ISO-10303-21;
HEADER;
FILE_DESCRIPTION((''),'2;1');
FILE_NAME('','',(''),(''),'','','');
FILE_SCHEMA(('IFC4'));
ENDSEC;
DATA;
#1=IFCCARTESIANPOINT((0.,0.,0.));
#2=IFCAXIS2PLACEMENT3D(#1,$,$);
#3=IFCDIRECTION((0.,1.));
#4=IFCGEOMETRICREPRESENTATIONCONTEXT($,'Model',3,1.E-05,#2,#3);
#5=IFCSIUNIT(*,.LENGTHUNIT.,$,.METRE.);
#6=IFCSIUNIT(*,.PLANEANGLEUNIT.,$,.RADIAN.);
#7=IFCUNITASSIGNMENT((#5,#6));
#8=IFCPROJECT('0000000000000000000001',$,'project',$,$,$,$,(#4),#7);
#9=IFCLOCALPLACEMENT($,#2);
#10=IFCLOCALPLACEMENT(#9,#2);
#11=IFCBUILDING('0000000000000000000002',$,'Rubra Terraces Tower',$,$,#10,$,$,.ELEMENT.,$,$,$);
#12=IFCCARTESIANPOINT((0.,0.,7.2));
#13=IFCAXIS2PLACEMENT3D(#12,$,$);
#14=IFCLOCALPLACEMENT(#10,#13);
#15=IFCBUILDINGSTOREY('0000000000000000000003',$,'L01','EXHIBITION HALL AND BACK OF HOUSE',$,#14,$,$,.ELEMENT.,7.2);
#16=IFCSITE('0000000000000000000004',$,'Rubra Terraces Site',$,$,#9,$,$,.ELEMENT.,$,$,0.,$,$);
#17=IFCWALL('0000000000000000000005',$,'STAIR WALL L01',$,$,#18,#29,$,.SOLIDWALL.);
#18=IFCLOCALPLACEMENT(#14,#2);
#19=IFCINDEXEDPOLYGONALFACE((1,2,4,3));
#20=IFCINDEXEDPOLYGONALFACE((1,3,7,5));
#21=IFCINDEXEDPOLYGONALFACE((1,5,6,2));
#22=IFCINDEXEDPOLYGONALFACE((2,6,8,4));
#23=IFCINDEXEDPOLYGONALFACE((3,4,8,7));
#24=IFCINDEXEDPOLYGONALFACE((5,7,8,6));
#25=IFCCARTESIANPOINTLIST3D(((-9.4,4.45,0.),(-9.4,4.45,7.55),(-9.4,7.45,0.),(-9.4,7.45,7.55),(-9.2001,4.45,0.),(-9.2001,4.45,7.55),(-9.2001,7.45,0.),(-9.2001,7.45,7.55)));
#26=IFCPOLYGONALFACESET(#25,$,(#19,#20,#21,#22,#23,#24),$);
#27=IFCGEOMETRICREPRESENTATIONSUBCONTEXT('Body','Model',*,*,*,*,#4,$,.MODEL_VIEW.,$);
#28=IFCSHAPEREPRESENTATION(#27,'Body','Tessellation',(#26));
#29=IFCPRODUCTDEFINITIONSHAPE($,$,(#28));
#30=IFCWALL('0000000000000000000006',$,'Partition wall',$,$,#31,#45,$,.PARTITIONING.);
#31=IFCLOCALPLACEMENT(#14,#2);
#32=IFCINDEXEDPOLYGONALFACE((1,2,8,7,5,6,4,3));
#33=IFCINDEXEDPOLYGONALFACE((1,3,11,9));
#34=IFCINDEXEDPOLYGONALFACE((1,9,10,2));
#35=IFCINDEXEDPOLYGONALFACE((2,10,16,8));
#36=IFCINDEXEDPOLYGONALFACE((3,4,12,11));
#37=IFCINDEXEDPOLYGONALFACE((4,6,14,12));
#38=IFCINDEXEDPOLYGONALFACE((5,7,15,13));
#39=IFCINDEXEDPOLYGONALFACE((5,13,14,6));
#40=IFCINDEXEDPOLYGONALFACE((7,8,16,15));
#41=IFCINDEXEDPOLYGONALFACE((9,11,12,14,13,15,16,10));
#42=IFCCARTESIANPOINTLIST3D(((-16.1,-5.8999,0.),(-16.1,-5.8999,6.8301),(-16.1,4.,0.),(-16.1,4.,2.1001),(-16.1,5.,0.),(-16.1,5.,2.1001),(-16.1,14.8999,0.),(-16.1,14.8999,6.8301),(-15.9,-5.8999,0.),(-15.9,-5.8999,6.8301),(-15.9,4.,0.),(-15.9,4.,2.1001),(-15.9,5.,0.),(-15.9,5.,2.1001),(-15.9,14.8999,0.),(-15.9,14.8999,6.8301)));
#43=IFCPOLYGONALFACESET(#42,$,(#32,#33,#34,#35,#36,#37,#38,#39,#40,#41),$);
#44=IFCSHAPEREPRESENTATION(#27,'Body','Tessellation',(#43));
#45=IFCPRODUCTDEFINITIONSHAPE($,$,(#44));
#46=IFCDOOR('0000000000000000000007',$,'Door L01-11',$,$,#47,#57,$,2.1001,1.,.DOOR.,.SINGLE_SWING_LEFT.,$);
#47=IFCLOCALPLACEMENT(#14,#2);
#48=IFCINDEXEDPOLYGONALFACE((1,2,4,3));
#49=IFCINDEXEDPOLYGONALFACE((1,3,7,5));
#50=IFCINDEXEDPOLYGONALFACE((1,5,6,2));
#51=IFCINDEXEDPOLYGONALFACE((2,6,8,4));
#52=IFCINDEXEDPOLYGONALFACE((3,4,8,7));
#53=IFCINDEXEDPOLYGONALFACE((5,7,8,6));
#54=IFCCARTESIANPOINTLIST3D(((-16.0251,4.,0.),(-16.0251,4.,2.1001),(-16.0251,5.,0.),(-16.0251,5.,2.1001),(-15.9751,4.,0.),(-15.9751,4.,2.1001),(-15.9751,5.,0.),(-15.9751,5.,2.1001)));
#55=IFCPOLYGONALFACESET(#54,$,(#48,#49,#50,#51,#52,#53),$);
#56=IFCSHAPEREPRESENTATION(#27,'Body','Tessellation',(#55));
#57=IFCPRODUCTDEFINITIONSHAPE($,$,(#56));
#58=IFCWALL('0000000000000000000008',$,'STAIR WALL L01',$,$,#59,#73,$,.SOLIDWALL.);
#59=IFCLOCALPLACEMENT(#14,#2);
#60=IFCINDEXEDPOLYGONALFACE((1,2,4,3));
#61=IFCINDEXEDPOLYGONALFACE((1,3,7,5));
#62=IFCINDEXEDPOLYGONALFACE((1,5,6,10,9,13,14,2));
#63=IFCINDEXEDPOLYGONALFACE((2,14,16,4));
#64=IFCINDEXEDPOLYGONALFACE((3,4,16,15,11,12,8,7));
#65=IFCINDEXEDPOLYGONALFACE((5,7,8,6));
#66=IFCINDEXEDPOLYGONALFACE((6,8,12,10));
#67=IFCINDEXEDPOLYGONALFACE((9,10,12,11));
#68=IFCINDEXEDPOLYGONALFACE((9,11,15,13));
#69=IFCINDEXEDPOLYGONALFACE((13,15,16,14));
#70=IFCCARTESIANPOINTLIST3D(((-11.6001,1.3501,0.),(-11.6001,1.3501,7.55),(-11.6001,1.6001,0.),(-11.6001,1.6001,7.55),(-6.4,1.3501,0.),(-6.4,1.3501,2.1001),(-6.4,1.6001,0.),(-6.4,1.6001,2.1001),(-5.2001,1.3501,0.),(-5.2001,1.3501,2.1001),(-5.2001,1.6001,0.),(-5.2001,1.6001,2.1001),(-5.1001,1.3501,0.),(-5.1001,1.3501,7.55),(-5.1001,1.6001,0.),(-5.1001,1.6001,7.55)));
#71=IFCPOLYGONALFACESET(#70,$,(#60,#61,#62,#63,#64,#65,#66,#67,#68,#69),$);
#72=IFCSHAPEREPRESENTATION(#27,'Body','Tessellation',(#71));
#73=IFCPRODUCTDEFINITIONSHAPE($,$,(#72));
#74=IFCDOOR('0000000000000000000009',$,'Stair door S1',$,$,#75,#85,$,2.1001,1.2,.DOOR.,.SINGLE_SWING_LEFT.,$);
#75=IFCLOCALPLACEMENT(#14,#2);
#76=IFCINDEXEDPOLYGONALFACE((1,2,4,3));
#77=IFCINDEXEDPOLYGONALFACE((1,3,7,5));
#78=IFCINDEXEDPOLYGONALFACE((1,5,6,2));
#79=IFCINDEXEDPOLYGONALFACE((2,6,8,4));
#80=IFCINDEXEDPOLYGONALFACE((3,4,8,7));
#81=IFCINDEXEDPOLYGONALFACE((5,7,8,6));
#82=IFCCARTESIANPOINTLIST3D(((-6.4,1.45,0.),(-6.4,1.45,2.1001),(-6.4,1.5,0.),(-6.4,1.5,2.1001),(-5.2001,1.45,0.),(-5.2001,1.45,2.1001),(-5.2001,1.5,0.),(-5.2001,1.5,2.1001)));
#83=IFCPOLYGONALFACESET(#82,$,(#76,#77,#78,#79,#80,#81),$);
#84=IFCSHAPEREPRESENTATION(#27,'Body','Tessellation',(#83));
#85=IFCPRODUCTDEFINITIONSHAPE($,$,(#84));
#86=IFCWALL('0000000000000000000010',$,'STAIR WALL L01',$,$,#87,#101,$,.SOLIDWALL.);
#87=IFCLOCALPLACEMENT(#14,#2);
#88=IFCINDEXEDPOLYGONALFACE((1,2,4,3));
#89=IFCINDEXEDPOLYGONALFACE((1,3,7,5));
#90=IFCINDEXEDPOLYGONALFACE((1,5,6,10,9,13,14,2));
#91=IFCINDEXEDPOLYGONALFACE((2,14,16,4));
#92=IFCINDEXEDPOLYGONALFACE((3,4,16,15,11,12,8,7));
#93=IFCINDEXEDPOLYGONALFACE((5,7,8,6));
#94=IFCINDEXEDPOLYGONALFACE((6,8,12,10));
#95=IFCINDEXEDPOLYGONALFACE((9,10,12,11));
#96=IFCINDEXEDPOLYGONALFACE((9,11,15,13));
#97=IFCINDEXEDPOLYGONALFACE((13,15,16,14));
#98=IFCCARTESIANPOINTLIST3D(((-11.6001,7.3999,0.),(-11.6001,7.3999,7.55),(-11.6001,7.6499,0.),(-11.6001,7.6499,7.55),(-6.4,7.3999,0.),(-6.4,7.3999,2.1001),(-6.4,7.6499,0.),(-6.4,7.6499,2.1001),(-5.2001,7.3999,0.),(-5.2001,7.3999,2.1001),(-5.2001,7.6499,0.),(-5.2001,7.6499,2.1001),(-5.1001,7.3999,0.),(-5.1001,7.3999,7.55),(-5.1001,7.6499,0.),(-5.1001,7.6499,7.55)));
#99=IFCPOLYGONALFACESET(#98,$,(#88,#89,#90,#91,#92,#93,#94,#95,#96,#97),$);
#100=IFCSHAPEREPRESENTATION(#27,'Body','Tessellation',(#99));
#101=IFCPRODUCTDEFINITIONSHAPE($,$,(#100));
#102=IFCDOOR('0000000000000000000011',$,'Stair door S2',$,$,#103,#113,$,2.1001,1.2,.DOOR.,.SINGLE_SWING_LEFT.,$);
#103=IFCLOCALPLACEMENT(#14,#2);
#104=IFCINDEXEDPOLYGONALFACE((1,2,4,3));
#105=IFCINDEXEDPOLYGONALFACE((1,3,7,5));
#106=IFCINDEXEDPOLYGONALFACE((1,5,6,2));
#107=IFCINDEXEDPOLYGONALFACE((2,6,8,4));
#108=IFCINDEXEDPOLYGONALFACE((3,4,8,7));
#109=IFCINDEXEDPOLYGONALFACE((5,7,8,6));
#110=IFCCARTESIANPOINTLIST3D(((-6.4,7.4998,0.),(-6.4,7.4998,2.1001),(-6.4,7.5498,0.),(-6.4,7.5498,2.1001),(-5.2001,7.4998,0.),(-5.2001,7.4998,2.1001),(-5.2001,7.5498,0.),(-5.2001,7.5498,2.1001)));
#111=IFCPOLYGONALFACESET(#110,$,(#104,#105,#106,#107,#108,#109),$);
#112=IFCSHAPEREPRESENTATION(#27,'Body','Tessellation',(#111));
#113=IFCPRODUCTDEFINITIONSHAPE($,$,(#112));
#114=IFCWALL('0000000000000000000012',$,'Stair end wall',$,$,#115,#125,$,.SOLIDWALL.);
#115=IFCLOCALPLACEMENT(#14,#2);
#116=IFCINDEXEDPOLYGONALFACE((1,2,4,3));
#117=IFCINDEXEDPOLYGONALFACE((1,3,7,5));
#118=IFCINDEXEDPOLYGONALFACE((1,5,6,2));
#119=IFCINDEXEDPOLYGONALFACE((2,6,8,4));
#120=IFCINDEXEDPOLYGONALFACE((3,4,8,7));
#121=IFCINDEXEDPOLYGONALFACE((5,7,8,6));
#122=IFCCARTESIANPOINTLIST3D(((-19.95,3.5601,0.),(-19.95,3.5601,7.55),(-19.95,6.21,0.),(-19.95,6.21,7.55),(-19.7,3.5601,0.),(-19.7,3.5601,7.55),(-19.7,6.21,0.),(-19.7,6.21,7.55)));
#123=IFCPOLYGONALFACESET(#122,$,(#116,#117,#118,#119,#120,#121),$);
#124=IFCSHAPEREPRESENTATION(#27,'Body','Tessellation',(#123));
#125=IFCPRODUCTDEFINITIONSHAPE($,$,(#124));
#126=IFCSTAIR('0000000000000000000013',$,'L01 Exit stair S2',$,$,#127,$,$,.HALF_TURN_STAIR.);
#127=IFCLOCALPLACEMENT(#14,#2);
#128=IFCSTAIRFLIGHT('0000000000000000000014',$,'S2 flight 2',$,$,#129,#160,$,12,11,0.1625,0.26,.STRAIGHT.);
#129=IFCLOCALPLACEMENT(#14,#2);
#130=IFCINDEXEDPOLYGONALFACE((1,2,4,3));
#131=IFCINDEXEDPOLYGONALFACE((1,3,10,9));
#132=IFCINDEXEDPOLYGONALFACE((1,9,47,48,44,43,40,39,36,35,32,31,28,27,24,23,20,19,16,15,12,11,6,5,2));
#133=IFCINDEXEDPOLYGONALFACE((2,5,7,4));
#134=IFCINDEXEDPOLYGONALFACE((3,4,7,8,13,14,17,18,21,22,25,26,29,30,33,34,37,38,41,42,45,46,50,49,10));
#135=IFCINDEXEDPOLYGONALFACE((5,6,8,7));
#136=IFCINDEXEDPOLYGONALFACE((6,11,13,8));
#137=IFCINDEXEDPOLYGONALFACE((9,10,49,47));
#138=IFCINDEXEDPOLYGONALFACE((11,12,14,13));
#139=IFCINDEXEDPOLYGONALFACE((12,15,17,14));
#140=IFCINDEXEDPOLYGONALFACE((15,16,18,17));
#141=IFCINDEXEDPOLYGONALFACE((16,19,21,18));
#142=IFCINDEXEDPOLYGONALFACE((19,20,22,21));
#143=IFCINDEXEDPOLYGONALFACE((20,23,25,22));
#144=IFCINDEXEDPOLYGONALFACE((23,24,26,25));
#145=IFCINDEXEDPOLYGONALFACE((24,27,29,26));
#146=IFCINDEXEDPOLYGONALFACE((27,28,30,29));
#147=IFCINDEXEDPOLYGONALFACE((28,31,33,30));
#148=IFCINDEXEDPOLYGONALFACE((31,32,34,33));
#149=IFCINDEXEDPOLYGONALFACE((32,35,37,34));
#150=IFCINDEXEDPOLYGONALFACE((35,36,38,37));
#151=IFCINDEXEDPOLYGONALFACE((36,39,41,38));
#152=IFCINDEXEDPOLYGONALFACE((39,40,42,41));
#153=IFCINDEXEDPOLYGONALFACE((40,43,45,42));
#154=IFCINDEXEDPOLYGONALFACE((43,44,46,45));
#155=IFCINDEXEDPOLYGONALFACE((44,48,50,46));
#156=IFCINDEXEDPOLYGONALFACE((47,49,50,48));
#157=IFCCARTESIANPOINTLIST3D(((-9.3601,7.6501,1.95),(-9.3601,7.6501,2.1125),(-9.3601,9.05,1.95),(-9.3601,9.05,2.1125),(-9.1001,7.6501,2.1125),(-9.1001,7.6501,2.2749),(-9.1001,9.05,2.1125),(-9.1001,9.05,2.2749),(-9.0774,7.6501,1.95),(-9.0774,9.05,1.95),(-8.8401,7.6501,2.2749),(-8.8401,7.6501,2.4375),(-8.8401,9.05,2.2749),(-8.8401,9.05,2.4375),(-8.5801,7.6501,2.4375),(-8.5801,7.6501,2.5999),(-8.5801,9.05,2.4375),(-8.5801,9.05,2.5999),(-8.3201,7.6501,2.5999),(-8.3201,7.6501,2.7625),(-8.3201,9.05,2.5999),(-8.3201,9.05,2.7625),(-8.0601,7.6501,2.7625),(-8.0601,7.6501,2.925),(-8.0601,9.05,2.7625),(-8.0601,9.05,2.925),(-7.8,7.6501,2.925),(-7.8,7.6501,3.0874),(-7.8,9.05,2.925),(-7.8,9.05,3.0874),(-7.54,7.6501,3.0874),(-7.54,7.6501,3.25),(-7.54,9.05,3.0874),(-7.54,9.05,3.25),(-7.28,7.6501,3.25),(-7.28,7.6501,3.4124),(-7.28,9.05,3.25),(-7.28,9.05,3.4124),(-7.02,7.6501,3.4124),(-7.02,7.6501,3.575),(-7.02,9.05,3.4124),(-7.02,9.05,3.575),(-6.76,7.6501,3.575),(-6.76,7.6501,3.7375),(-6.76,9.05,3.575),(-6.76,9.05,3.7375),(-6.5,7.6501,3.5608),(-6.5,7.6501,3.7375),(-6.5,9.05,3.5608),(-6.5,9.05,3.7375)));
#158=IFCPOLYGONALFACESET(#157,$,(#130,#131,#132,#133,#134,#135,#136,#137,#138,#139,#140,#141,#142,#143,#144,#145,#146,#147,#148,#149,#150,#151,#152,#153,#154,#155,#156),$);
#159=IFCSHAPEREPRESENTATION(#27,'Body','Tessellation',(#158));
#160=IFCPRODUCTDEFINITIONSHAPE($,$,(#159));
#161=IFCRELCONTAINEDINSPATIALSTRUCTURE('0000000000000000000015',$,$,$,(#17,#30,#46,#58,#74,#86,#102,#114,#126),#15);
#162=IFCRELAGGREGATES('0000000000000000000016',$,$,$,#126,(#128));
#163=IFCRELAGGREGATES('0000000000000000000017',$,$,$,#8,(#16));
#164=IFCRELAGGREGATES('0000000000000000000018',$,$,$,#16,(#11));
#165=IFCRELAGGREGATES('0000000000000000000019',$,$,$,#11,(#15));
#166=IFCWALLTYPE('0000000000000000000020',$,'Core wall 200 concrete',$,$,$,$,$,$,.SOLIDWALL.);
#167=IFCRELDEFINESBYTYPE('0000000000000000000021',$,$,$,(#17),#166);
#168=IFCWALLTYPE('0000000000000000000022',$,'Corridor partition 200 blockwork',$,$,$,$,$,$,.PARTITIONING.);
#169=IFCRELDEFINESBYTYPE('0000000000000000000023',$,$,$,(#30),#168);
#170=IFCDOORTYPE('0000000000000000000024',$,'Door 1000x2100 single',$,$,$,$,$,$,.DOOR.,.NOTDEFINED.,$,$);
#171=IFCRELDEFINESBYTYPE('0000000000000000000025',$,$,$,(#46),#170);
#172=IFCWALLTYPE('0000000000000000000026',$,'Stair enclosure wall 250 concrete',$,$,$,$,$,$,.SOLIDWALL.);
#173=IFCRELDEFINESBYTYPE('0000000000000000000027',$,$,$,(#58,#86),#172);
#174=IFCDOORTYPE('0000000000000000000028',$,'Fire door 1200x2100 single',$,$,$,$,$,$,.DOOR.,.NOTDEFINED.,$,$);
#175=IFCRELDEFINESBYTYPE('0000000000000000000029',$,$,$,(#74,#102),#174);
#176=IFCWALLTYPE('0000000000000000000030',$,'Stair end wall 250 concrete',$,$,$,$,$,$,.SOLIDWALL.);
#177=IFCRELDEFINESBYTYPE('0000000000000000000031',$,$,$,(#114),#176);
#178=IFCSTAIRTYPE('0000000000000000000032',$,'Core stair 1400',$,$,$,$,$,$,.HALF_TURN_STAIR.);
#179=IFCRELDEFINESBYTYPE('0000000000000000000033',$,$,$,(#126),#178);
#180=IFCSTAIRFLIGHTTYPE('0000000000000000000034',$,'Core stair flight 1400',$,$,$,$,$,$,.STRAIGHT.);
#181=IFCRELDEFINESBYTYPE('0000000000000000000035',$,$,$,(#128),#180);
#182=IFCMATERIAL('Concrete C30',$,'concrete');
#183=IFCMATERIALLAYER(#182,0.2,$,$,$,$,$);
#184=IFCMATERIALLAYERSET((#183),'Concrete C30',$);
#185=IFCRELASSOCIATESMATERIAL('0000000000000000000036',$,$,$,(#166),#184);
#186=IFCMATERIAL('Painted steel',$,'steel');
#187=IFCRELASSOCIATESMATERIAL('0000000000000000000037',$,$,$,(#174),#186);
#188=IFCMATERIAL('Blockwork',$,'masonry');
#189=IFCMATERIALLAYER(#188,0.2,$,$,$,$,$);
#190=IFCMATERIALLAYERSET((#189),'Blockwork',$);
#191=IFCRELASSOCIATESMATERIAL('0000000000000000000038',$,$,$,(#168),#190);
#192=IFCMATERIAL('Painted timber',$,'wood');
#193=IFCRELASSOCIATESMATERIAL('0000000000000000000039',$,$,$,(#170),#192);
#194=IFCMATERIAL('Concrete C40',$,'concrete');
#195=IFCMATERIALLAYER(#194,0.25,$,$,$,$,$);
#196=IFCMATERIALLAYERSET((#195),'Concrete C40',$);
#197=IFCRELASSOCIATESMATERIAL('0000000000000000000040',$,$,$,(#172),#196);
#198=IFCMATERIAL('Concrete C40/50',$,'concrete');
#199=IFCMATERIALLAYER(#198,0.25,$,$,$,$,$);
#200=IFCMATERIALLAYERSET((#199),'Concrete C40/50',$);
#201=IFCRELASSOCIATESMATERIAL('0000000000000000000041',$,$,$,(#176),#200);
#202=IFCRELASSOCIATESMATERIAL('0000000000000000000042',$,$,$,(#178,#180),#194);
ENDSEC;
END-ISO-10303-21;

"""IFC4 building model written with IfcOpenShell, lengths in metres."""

from ifc_helpers import new_model, si_unit, direction, frame, frame_2d, origin, place, context, subcontext, project, spatial, polyline, rectangle, outline, extrude, material, layer, layer_set, type_object, element, fill, aggregate, save


model = new_model("IFC4")

# Units and contexts
model_context = context("Model", 3, precision=1e-05, world=origin(), true_north=direction((0.0, 1.0)))
body_context = subcontext(model_context, "Body", "Model", "MODEL_VIEW")
ifc_project = project(units=[si_unit("LENGTHUNIT", "METRE"), si_unit("PLANEANGLEUNIT", "RADIAN")], contexts=[model_context])

# Site, building, storey
site_placement = place(None, origin())
site = spatial("IfcSite", under=ifc_project, at=site_placement, Name="Rubra Terraces Site", CompositionType="ELEMENT", RefElevation=0.0)
building_placement = place(site_placement, origin())
building = spatial("IfcBuilding", under=site, at=building_placement, Name="Rubra Terraces Tower", CompositionType="ELEMENT")
storey_placement = place(building_placement, frame((0.0, 0.0, 7.2)))
storey = spatial("IfcBuildingStorey", under=building, at=storey_placement, Name="L01", Description="EXHIBITION HALL AND BACK OF HOUSE", CompositionType="ELEMENT", Elevation=7.2)

# Shared definitions
ifc_material_1 = material(Name="Painted steel", Category="steel")
ifc_material_2 = material(Name="Concrete C30", Category="concrete")
ifc_layer_1 = layer(ifc_material_2, 0.2)
ifc_layer_set_1 = layer_set([ifc_layer_1], Name="Concrete C30")
wall_type_1 = type_object("IfcWallType", Name="Core wall 200 concrete", PredefinedType="SOLIDWALL", material=ifc_layer_set_1)
door_type_1 = type_object("IfcDoorType", Name="Fire door 1200x2100 single", OperationType="NOTDEFINED", PredefinedType="DOOR", material=ifc_material_1)

# Wall
wall_1_placement = place(storey_placement, frame((-9.3, 4.45, 0.0), z_axis=(0.0, 0.0, 1.0), x_axis=(0.0, 1.0, 0.0)))
element("IfcWall", 1, at=wall_1_placement, inside=storey, type_object=wall_type_1, Name="STAIR WALL L01", PredefinedType="SOLIDWALL", context=body_context, shape_type="SweptSolid", body=[
    extrude(rectangle(XDim=3.0, YDim=0.2, at=frame_2d((1.5, 0.0))), origin(), (0.0, 0.0, 1.0), 7.55),
])

# Walls, openings, doors
ifc_material_3 = material(Name="Blockwork", Category="masonry")
ifc_layer_2 = layer(ifc_material_3, 0.2)
ifc_layer_set_2 = layer_set([ifc_layer_2], Name="Blockwork")
wall_type_2 = type_object("IfcWallType", Name="Corridor partition 200 blockwork", PredefinedType="PARTITIONING", material=ifc_layer_set_2)
wall_2_placement = place(storey_placement, frame((-16.0, 14.8999, 0.0), z_axis=(0.0, 0.0, 1.0), x_axis=(0.0, -1.0, 0.0)))
wall_2 = element("IfcWall", 2, at=wall_2_placement, inside=storey, type_object=wall_type_2, Name="Partition wall", PredefinedType="PARTITIONING", context=body_context, shape_type="SweptSolid", body=[
    extrude(rectangle(XDim=20.7998, YDim=0.2, at=frame_2d((10.3999, 0.0))), origin(), (0.0, 0.0, 1.0), 6.8301),
])
opening_1_placement = place(wall_2_placement, frame((9.8999, 0.0, 0.0)))
opening_1 = element("IfcOpeningElement", 3, at=opening_1_placement, cuts=wall_2, PredefinedType="OPENING", context=body_context, shape_type="SweptSolid", body=[
    extrude(rectangle(XDim=1.0, YDim=2.1001, at=frame_2d((0.5, 1.05))), frame((0.0, 0.1099, 0.0), z_axis=(0.0, -1.0, 0.0), x_axis=(1.0, 0.0, 0.0)), (0.0, 0.0, 1.0), 0.22),
])
ifc_material_4 = material(Name="Painted timber", Category="wood")
door_type_2 = type_object("IfcDoorType", Name="Door 1000x2100 single", OperationType="NOTDEFINED", PredefinedType="DOOR", material=ifc_material_4)
door_1_placement = place(opening_1_placement, origin())
door_1 = element("IfcDoor", 4, at=door_1_placement, inside=storey, type_object=door_type_2, Name="Door L01-11", OperationType="SINGLE_SWING_LEFT", OverallHeight=2.1001, OverallWidth=1.0, PredefinedType="DOOR", context=body_context, shape_type="SweptSolid", body=[
    extrude(rectangle(XDim=1.0, YDim=2.1001, at=frame_2d((0.5, 1.05))), frame((0.0, 0.0249, 0.0), z_axis=(0.0, -1.0, 0.0), x_axis=(1.0, 0.0, 0.0)), (0.0, 0.0, 1.0), 0.05),
])
fill(opening_1, door_1)
ifc_material_5 = material(Name="Concrete C40", Category="concrete")
ifc_layer_3 = layer(ifc_material_5, 0.25)
ifc_layer_set_3 = layer_set([ifc_layer_3], Name="Concrete C40")
wall_type_3 = type_object("IfcWallType", Name="Stair enclosure wall 250 concrete", PredefinedType="SOLIDWALL", material=ifc_layer_set_3)
wall_3_placement = place(storey_placement, frame((-11.6001, 1.4751, 0.0), z_axis=(0.0, 0.0, 1.0), x_axis=(1.0, 0.0, 0.0)))
wall_3 = element("IfcWall", 5, at=wall_3_placement, inside=storey, type_object=wall_type_3, Name="STAIR WALL L01", PredefinedType="SOLIDWALL", context=body_context, shape_type="SweptSolid", body=[
    extrude(rectangle(XDim=6.5, YDim=0.25, at=frame_2d((3.25, 0.0))), origin(), (0.0, 0.0, 1.0), 7.55),
])
opening_2_placement = place(wall_3_placement, frame((5.2, 0.0, 0.0)))
opening_2 = element("IfcOpeningElement", 6, at=opening_2_placement, cuts=wall_3, PredefinedType="OPENING", context=body_context, shape_type="SweptSolid", body=[
    extrude(rectangle(XDim=1.2, YDim=2.1001, at=frame_2d((0.6001, 1.05))), frame((0.0, 0.135, 0.0), z_axis=(0.0, -1.0, 0.0), x_axis=(1.0, 0.0, 0.0)), (0.0, 0.0, 1.0), 0.27),
])
door_2_placement = place(opening_2_placement, origin())
door_2 = element("IfcDoor", 7, at=door_2_placement, inside=storey, type_object=door_type_1, Name="Stair door S1", OperationType="SINGLE_SWING_LEFT", OverallHeight=2.1001, OverallWidth=1.2, PredefinedType="DOOR", context=body_context, shape_type="SweptSolid", body=[
    extrude(rectangle(XDim=1.2, YDim=2.1001, at=frame_2d((0.6001, 1.05))), frame((0.0, 0.0249, 0.0), z_axis=(0.0, -1.0, 0.0), x_axis=(1.0, 0.0, 0.0)), (0.0, 0.0, 1.0), 0.05),
])
fill(opening_2, door_2)
wall_4_placement = place(storey_placement, frame((-11.6001, 7.5249, 0.0), z_axis=(0.0, 0.0, 1.0), x_axis=(1.0, 0.0, 0.0)))
wall_4 = element("IfcWall", 8, at=wall_4_placement, inside=storey, type_object=wall_type_3, Name="STAIR WALL L01", PredefinedType="SOLIDWALL", context=body_context, shape_type="SweptSolid", body=[
    extrude(rectangle(XDim=6.5, YDim=0.25, at=frame_2d((3.25, 0.0))), origin(), (0.0, 0.0, 1.0), 7.55),
])
opening_3_placement = place(wall_4_placement, frame((5.2, 0.0, 0.0)))
opening_3 = element("IfcOpeningElement", 9, at=opening_3_placement, cuts=wall_4, PredefinedType="OPENING", context=body_context, shape_type="SweptSolid", body=[
    extrude(rectangle(XDim=1.2, YDim=2.1001, at=frame_2d((0.6001, 1.05))), frame((0.0, 0.135, 0.0), z_axis=(0.0, -1.0, 0.0), x_axis=(1.0, 0.0, 0.0)), (0.0, 0.0, 1.0), 0.27),
])
door_3_placement = place(opening_3_placement, origin())
door_3 = element("IfcDoor", 10, at=door_3_placement, inside=storey, type_object=door_type_1, Name="Stair door S2", OperationType="SINGLE_SWING_LEFT", OverallHeight=2.1001, OverallWidth=1.2, PredefinedType="DOOR", context=body_context, shape_type="SweptSolid", body=[
    extrude(rectangle(XDim=1.2, YDim=2.1001, at=frame_2d((0.6001, 1.05))), frame((0.0, 0.0249, 0.0), z_axis=(0.0, -1.0, 0.0), x_axis=(1.0, 0.0, 0.0)), (0.0, 0.0, 1.0), 0.05),
])
fill(opening_3, door_3)

# Wall
ifc_material_6 = material(Name="Concrete C40/50", Category="concrete")
ifc_layer_4 = layer(ifc_material_6, 0.25)
ifc_layer_set_4 = layer_set([ifc_layer_4], Name="Concrete C40/50")
wall_type_4 = type_object("IfcWallType", Name="Stair end wall 250 concrete", PredefinedType="SOLIDWALL", material=ifc_layer_set_4)
wall_5_placement = place(storey_placement, frame((-19.825, 3.5601, 0.0), z_axis=(0.0, 0.0, 1.0), x_axis=(0.0, 1.0, 0.0)))
element("IfcWall", 11, at=wall_5_placement, inside=storey, type_object=wall_type_4, Name="Stair end wall", PredefinedType="SOLIDWALL", context=body_context, shape_type="SweptSolid", body=[
    extrude(rectangle(XDim=2.6499, YDim=0.25, at=frame_2d((1.325, 0.0))), origin(), (0.0, 0.0, 1.0), 7.55),
])

# Stair, stair flight
stair_type = type_object("IfcStairType", Name="Core stair 1400", PredefinedType="HALF_TURN_STAIR", material=ifc_material_5)
stair_placement = place(storey_placement, origin())
stair = element("IfcStair", 12, at=stair_placement, inside=storey, type_object=stair_type, Name="L01 Exit stair S2", PredefinedType="HALF_TURN_STAIR")
stair_flight_type = type_object("IfcStairFlightType", Name="Core stair flight 1400", PredefinedType="STRAIGHT", material=ifc_material_5)
stair_flight_1_placement = place(storey_placement, frame((-9.3601, 8.3501, 1.95), z_axis=(0.0, 0.0, 1.0), x_axis=(1.0, 0.0, 0.0)))
stair_flight_1 = element("IfcStairFlight", 13, at=stair_flight_1_placement, type_object=stair_flight_type, Name="S2 flight 2", NumberOfRisers=12, NumberOfTreads=11, PredefinedType="STRAIGHT", RiserHeight=0.1625, TreadLength=0.26, context=body_context, shape_type="SweptSolid", body=[
    extrude(outline(polyline([(0.0, 0.0), (0.0, 0.1626), (0.26, 0.1626), (0.26, 0.325), (0.52, 0.325), (0.52, 0.4875), (0.78, 0.4875), (0.78, 0.6499), (1.04, 0.6499), (1.04, 0.8125), (1.3, 0.8125), (1.3, 0.9751), (1.5601, 0.9751), (1.5601, 1.1375), (1.8201, 1.1375), (1.8201, 1.3), (2.0801, 1.3), (2.0801, 1.4624), (2.3401, 1.4624), (2.3401, 1.625), (2.6001, 1.625), (2.6001, 1.7876), (2.8601, 1.7876), (2.8601, 1.95), (2.8601, 1.6108), (0.2827, 0.0), (0.0, 0.0)])), frame((0.0, 0.7, 0.0), z_axis=(0.0, -1.0, 0.0), x_axis=(1.0, 0.0, 0.0)), (0.0, 0.0, 1.0), 1.3999),
])
aggregate(stair, [stair_flight_1])

save(model, "model.ifc")
